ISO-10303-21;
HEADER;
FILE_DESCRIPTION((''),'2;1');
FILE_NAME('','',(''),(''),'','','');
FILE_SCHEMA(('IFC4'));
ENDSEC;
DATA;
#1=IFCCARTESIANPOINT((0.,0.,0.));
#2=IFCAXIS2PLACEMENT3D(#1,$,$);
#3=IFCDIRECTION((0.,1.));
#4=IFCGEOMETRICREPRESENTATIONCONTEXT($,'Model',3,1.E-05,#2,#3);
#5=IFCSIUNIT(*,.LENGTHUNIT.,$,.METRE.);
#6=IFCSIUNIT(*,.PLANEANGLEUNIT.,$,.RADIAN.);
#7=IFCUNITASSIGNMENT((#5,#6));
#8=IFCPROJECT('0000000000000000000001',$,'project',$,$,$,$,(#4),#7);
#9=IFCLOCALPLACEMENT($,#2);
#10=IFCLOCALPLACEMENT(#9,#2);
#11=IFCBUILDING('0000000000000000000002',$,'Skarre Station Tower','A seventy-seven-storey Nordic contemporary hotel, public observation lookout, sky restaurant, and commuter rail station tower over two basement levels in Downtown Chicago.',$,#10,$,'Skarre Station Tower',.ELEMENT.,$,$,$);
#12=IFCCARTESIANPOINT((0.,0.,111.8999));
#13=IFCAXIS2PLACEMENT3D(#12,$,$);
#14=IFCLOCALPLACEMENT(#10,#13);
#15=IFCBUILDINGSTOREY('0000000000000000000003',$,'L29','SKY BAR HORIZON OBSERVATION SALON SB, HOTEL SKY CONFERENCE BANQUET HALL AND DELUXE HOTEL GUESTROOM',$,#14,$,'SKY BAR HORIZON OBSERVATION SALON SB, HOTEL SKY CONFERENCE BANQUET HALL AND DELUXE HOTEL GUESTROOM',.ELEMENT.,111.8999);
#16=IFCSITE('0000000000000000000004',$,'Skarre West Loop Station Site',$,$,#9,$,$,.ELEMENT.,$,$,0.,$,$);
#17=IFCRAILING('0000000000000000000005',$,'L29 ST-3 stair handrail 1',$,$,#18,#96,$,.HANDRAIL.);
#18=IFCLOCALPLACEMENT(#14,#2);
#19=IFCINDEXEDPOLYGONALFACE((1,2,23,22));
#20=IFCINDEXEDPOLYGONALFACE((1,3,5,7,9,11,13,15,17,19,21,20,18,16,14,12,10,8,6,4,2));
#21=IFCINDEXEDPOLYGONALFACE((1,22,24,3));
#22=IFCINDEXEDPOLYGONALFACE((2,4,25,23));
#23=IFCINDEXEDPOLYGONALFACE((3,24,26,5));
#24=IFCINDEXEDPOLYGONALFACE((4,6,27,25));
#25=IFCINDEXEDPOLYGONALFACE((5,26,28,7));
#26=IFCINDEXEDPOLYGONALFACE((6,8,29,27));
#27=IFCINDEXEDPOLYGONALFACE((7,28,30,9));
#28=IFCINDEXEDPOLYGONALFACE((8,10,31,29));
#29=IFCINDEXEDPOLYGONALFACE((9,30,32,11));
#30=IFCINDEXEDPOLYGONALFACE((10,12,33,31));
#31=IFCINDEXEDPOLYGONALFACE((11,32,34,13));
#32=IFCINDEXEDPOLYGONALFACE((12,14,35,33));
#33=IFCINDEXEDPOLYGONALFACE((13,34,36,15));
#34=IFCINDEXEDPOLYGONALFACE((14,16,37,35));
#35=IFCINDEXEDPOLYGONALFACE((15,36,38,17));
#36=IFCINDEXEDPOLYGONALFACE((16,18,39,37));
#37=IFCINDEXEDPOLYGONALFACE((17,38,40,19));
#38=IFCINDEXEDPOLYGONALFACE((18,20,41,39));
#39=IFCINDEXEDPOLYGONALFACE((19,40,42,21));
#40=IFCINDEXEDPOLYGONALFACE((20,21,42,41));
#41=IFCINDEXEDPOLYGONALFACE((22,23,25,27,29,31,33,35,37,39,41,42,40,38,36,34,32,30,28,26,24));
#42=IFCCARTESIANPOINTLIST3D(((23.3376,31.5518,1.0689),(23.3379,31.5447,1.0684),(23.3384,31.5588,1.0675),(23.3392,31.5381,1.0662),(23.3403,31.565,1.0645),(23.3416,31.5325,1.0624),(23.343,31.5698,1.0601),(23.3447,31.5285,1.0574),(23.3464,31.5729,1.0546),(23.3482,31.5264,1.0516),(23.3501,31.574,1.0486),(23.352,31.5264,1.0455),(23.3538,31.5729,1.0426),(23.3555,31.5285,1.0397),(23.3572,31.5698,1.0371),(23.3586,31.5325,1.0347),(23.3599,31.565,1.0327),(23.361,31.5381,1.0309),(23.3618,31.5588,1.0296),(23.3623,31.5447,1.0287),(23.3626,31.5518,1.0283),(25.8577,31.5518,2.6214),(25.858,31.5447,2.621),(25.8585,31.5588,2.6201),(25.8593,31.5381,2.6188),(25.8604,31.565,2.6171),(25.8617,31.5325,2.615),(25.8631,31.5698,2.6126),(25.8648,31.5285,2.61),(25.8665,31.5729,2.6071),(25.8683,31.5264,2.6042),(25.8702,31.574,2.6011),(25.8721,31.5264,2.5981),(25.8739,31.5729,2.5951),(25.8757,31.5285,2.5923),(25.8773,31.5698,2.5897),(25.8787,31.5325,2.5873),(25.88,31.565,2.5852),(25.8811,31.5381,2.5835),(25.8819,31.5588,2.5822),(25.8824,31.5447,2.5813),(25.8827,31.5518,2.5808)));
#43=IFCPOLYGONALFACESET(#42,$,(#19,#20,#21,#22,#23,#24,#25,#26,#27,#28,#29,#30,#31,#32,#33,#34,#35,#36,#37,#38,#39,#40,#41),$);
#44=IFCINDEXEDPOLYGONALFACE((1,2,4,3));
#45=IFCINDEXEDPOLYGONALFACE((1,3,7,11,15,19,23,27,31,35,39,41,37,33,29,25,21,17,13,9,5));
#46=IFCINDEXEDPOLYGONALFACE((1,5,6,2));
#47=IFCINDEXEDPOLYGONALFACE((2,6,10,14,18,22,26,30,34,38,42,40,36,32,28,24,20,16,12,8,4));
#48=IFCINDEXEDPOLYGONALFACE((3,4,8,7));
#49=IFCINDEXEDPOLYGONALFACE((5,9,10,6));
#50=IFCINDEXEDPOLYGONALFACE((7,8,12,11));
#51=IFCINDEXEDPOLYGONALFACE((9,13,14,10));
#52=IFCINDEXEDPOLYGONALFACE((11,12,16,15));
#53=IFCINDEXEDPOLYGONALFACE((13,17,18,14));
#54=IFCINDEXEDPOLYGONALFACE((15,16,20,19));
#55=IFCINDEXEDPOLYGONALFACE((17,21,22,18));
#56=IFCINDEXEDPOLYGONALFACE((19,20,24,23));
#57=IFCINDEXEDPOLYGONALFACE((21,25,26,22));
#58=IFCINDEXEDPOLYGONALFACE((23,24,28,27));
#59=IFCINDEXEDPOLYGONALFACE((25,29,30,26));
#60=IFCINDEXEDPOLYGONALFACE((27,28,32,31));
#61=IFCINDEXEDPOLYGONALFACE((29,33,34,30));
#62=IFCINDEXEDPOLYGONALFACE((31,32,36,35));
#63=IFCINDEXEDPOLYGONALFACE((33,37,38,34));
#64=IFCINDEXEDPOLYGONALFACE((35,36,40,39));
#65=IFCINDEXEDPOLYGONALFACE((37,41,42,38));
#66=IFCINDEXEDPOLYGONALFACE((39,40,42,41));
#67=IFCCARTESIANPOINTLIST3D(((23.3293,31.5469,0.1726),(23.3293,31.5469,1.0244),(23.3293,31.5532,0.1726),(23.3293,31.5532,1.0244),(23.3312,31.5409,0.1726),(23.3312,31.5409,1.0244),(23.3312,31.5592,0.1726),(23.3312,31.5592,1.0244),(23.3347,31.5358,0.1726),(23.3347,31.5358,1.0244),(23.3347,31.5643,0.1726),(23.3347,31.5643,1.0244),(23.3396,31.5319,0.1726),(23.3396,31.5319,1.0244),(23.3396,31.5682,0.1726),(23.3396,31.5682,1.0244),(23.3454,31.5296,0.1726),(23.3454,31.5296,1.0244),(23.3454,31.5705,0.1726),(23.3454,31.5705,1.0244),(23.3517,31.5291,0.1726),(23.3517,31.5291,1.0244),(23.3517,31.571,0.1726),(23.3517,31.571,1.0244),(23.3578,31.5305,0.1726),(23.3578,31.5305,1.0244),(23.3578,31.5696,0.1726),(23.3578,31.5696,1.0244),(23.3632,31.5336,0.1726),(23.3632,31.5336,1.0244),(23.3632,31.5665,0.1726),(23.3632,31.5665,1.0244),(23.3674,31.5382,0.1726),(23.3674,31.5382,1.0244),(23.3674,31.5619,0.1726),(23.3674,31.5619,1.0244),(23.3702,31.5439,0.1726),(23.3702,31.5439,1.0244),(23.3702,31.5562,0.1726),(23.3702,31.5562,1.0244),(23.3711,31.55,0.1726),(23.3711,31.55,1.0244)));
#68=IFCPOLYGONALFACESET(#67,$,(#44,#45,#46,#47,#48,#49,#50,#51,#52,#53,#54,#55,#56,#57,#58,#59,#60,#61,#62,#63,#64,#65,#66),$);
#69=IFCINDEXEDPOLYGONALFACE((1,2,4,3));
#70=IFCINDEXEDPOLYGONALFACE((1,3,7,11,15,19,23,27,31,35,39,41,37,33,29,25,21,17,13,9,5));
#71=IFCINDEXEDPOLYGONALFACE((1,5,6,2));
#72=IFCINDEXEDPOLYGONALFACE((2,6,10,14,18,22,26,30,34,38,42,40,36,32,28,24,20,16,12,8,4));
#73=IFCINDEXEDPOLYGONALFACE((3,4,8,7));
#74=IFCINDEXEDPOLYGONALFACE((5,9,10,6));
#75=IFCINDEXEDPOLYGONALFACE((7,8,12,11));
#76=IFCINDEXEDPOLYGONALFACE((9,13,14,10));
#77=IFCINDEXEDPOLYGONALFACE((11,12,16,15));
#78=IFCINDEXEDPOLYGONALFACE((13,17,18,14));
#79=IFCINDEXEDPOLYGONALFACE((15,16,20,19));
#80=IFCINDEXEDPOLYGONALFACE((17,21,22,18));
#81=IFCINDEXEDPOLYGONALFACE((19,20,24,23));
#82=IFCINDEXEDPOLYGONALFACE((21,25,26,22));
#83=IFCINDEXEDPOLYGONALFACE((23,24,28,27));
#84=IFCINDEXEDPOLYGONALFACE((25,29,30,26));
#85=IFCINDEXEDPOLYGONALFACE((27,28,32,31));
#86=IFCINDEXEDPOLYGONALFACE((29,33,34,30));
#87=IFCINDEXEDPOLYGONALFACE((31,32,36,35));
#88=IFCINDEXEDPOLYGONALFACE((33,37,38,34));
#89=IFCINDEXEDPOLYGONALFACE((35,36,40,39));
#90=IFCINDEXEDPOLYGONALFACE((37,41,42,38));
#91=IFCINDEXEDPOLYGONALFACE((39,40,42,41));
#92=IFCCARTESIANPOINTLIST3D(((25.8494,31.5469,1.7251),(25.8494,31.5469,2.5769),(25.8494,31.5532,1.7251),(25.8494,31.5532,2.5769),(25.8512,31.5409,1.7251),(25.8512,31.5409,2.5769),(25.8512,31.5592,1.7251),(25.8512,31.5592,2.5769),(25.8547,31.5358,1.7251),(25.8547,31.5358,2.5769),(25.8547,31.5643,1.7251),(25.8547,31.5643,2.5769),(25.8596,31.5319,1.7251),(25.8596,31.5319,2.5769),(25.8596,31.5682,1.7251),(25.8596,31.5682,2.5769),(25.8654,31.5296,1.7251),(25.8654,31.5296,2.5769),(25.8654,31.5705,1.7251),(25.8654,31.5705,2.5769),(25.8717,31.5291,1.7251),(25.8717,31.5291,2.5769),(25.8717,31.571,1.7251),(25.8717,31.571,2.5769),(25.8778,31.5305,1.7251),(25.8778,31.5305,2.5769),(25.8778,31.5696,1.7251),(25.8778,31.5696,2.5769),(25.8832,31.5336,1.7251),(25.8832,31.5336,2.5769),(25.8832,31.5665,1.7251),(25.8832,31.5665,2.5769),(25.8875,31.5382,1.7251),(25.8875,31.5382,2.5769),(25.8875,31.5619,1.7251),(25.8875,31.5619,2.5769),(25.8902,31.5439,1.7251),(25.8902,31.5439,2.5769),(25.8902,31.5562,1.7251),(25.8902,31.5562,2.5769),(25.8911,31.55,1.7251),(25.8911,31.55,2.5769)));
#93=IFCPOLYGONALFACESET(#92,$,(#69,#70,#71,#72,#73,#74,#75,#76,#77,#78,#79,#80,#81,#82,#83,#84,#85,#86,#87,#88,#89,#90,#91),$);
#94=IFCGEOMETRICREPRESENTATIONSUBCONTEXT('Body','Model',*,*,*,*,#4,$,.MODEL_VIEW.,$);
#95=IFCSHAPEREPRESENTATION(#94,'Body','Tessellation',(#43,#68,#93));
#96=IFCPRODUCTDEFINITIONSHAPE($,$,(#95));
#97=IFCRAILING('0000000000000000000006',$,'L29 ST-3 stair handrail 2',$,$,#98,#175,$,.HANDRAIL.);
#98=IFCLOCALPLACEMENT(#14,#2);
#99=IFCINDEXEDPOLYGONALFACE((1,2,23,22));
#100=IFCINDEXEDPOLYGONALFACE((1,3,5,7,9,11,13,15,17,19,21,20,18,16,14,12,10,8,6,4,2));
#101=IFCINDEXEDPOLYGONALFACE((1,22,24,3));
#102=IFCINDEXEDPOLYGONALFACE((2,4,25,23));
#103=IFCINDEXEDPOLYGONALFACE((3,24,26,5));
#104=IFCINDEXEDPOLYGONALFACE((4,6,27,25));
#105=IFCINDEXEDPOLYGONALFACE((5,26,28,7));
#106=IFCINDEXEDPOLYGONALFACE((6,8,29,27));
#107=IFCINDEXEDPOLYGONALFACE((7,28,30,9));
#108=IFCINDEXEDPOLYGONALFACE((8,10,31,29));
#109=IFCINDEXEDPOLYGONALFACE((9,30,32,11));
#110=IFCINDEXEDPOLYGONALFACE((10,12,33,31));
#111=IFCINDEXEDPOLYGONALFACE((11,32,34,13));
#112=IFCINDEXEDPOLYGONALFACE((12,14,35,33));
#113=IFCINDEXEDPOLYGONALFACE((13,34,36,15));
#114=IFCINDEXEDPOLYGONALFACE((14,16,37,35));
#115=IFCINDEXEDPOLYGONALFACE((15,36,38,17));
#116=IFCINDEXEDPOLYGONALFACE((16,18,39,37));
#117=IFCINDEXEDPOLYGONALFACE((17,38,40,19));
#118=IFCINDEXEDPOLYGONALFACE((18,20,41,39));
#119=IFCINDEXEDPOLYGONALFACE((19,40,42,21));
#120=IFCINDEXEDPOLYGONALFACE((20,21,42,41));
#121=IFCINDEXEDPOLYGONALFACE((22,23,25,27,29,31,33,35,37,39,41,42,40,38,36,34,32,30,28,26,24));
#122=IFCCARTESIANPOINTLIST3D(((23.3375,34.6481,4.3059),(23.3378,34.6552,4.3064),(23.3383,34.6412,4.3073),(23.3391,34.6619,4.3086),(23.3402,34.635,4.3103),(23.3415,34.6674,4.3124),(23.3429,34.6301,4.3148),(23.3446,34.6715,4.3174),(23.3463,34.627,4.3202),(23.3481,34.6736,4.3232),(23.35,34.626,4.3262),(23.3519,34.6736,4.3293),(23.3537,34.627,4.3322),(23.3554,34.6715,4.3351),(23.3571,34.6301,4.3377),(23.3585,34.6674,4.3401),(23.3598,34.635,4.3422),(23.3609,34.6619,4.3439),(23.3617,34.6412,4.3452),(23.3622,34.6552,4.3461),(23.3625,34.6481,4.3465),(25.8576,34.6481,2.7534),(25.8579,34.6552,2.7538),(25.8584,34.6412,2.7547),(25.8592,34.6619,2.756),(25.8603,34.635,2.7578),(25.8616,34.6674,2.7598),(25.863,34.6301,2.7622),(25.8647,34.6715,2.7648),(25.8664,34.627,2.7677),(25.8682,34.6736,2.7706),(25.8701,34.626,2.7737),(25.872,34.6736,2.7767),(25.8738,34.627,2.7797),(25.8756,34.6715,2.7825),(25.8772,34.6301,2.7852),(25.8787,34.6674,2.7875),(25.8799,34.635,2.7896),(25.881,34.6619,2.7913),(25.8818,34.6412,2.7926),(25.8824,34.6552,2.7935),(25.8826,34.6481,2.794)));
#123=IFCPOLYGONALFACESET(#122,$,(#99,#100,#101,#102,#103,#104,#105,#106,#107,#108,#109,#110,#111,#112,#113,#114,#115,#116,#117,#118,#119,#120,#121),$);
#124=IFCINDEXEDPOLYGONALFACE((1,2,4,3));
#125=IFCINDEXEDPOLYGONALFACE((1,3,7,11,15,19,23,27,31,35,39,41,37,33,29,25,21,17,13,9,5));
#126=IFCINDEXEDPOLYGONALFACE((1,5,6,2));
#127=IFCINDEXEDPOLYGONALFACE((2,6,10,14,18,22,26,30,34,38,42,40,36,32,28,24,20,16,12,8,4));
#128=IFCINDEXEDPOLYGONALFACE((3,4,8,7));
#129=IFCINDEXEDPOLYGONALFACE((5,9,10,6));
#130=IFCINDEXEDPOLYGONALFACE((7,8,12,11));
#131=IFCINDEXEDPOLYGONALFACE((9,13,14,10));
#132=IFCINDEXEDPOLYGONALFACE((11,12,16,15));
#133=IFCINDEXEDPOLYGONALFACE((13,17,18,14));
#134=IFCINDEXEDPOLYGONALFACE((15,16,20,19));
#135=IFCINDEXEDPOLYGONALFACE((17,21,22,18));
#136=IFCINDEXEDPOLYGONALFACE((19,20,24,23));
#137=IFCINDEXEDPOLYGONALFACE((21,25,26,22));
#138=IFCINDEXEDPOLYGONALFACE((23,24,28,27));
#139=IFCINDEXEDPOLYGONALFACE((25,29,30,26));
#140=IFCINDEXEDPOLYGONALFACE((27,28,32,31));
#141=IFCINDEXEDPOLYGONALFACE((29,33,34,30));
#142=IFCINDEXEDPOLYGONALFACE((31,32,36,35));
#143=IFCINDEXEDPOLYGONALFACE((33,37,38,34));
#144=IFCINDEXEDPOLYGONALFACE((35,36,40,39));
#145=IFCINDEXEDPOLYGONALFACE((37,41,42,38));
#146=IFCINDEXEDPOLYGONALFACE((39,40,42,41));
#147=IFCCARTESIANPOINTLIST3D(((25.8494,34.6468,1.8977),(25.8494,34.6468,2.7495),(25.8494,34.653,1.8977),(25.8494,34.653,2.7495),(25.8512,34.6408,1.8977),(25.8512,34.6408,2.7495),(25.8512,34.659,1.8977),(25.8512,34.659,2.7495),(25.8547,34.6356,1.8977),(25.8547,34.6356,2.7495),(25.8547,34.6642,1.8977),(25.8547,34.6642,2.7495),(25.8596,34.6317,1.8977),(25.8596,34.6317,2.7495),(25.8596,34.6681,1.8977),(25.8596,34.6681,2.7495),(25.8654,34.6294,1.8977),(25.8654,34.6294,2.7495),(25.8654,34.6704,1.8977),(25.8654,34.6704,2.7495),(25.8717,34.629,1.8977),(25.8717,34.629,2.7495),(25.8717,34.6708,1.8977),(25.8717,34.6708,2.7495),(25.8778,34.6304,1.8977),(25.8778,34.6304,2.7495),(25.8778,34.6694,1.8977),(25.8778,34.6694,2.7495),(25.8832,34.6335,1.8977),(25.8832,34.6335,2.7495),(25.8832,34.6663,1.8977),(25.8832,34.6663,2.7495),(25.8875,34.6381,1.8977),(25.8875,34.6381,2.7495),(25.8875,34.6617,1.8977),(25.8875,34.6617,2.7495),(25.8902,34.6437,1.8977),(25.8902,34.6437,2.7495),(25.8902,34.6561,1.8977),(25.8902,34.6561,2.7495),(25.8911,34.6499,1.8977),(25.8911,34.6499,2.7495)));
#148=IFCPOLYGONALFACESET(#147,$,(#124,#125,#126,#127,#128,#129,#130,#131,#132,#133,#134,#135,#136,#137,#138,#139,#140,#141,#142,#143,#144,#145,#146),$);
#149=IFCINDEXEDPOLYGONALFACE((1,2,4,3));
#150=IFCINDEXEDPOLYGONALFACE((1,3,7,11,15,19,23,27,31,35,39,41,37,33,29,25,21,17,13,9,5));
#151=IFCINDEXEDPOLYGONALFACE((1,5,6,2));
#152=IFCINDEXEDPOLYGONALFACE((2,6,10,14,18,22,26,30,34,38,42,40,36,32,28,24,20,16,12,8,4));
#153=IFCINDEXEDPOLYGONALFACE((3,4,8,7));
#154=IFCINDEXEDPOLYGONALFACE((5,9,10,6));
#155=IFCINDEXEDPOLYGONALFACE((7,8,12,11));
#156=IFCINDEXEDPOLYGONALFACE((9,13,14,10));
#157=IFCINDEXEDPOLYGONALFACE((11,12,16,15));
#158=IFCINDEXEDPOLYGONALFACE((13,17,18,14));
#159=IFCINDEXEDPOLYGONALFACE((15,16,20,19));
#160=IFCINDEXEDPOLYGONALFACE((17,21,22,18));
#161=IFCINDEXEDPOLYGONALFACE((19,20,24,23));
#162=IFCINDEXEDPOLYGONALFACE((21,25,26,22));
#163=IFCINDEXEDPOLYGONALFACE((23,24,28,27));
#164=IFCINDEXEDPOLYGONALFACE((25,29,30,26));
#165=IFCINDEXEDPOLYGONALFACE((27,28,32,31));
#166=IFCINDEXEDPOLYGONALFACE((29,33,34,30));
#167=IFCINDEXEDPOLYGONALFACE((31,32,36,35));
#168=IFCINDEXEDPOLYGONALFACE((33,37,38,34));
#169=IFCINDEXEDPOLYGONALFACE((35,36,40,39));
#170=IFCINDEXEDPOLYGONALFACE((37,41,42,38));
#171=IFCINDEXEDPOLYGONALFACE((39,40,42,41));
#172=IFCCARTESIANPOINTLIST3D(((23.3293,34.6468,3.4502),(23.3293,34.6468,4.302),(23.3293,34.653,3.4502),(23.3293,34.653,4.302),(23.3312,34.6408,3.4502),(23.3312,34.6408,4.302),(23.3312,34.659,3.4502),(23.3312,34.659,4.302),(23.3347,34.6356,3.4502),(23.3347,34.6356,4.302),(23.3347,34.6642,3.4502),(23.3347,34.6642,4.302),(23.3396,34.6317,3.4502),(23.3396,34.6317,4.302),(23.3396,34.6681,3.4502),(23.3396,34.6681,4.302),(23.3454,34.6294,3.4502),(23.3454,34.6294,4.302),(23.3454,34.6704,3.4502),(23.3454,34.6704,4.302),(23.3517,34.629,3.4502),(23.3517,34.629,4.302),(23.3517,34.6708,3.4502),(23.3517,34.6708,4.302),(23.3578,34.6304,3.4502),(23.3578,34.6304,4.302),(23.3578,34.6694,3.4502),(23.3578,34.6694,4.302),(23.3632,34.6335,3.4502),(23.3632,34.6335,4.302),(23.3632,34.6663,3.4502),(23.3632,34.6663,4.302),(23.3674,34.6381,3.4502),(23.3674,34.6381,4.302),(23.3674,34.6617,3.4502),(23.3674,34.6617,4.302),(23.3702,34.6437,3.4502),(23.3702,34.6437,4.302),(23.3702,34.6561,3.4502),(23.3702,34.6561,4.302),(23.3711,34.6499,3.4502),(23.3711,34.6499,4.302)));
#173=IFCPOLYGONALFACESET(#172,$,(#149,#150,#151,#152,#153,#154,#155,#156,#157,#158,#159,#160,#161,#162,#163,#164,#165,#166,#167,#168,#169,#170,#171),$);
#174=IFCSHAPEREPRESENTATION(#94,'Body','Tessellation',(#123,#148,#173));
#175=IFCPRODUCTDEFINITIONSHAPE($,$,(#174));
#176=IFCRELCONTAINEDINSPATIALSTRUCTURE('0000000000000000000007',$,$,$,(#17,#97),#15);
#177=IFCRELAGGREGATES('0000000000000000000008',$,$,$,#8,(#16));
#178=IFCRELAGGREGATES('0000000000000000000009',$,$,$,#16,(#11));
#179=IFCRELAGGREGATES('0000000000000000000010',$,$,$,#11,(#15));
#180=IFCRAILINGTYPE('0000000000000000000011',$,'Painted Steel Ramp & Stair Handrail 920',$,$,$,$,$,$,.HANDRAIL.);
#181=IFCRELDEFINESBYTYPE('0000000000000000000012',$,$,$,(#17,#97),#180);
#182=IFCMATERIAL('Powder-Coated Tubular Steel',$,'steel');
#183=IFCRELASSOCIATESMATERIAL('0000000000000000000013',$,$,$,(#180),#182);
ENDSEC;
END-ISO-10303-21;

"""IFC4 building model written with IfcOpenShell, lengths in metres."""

from ifc_helpers import new_model, si_unit, direction, frame, origin, origin_2d, place, context, subcontext, project, spatial, circle, extrude, material, type_object, element, save


model = new_model("IFC4")

# Units and contexts
model_context = context("Model", 3, precision=1e-05, world=origin(), true_north=direction((0.0, 1.0)))
body_context = subcontext(model_context, "Body", "Model", "MODEL_VIEW")
ifc_project = project(units=[si_unit("LENGTHUNIT", "METRE"), si_unit("PLANEANGLEUNIT", "RADIAN")], contexts=[model_context])

# Site, building, storey
site_placement = place(None, origin())
site = spatial("IfcSite", under=ifc_project, at=site_placement, Name="Skarre West Loop Station Site", CompositionType="ELEMENT", RefElevation=0.0)
building_placement = place(site_placement, origin())
building = spatial("IfcBuilding", under=site, at=building_placement, Name="Skarre Station Tower", Description="A seventy-seven-storey Nordic contemporary hotel, public observation lookout, sky restaurant, and commuter rail station tower over two basement levels in Downtown Chicago.", LongName="Skarre Station Tower", CompositionType="ELEMENT")
storey_placement = place(building_placement, frame((0.0, 0.0, 111.8999)))
storey = spatial("IfcBuildingStorey", under=building, at=storey_placement, Name="L29", Description="SKY BAR HORIZON OBSERVATION SALON SB, HOTEL SKY CONFERENCE BANQUET HALL AND DELUXE HOTEL GUESTROOM", LongName="SKY BAR HORIZON OBSERVATION SALON SB, HOTEL SKY CONFERENCE BANQUET HALL AND DELUXE HOTEL GUESTROOM", CompositionType="ELEMENT", Elevation=111.8999)

# Railings
ifc_material_1 = material(Name="Powder-Coated Tubular Steel", Category="steel")
railing_type_1 = type_object("IfcRailingType", Name="Painted Steel Ramp & Stair Handrail 920", PredefinedType="HANDRAIL", material=ifc_material_1)
railing_1_placement = place(storey_placement, frame((23.3501, 31.55, 0.1726)))
element("IfcRailing", 1, at=railing_1_placement, inside=storey, type_object=railing_type_1, Name="L29 ST-3 stair handrail 1", PredefinedType="HANDRAIL", context=body_context, shape_type="SweptSolid", body=[
    extrude(circle(Radius=0.0239, at=origin_2d()), frame((0.0, 0.0, 0.876), z_axis=(0.8514, 0.0, 0.524516), x_axis=(0.0, 1.0, 0.0)), (0.0, 0.0, 1.0), 2.96),
    extrude(circle(Radius=0.021, at=origin_2d()), origin(), (0.0, 0.0, 1.0), 0.8518),
    extrude(circle(Radius=0.021, at=origin_2d()), frame((2.52, 0.0, 1.5525)), (0.0, 0.0, 1.0), 0.8518),
])
railing_2_placement = place(storey_placement, frame((25.8701, 34.6499, 1.8977)))
element("IfcRailing", 2, at=railing_2_placement, inside=storey, type_object=railing_type_1, Name="L29 ST-3 stair handrail 2", PredefinedType="HANDRAIL", context=body_context, shape_type="SweptSolid", body=[
    extrude(circle(Radius=0.0239, at=origin_2d()), frame((0.0, 0.0, 0.876), z_axis=(-0.8514, 0.0, 0.524516), x_axis=(0.0, -1.0, 0.0)), (0.0, 0.0, 1.0), 2.96),
    extrude(circle(Radius=0.021, at=origin_2d()), origin(), (0.0, 0.0, 1.0), 0.8518),
    extrude(circle(Radius=0.021, at=origin_2d()), frame((-2.52, 0.0, 1.5525)), (0.0, 0.0, 1.0), 0.8518),
])

save(model, "model.ifc")
